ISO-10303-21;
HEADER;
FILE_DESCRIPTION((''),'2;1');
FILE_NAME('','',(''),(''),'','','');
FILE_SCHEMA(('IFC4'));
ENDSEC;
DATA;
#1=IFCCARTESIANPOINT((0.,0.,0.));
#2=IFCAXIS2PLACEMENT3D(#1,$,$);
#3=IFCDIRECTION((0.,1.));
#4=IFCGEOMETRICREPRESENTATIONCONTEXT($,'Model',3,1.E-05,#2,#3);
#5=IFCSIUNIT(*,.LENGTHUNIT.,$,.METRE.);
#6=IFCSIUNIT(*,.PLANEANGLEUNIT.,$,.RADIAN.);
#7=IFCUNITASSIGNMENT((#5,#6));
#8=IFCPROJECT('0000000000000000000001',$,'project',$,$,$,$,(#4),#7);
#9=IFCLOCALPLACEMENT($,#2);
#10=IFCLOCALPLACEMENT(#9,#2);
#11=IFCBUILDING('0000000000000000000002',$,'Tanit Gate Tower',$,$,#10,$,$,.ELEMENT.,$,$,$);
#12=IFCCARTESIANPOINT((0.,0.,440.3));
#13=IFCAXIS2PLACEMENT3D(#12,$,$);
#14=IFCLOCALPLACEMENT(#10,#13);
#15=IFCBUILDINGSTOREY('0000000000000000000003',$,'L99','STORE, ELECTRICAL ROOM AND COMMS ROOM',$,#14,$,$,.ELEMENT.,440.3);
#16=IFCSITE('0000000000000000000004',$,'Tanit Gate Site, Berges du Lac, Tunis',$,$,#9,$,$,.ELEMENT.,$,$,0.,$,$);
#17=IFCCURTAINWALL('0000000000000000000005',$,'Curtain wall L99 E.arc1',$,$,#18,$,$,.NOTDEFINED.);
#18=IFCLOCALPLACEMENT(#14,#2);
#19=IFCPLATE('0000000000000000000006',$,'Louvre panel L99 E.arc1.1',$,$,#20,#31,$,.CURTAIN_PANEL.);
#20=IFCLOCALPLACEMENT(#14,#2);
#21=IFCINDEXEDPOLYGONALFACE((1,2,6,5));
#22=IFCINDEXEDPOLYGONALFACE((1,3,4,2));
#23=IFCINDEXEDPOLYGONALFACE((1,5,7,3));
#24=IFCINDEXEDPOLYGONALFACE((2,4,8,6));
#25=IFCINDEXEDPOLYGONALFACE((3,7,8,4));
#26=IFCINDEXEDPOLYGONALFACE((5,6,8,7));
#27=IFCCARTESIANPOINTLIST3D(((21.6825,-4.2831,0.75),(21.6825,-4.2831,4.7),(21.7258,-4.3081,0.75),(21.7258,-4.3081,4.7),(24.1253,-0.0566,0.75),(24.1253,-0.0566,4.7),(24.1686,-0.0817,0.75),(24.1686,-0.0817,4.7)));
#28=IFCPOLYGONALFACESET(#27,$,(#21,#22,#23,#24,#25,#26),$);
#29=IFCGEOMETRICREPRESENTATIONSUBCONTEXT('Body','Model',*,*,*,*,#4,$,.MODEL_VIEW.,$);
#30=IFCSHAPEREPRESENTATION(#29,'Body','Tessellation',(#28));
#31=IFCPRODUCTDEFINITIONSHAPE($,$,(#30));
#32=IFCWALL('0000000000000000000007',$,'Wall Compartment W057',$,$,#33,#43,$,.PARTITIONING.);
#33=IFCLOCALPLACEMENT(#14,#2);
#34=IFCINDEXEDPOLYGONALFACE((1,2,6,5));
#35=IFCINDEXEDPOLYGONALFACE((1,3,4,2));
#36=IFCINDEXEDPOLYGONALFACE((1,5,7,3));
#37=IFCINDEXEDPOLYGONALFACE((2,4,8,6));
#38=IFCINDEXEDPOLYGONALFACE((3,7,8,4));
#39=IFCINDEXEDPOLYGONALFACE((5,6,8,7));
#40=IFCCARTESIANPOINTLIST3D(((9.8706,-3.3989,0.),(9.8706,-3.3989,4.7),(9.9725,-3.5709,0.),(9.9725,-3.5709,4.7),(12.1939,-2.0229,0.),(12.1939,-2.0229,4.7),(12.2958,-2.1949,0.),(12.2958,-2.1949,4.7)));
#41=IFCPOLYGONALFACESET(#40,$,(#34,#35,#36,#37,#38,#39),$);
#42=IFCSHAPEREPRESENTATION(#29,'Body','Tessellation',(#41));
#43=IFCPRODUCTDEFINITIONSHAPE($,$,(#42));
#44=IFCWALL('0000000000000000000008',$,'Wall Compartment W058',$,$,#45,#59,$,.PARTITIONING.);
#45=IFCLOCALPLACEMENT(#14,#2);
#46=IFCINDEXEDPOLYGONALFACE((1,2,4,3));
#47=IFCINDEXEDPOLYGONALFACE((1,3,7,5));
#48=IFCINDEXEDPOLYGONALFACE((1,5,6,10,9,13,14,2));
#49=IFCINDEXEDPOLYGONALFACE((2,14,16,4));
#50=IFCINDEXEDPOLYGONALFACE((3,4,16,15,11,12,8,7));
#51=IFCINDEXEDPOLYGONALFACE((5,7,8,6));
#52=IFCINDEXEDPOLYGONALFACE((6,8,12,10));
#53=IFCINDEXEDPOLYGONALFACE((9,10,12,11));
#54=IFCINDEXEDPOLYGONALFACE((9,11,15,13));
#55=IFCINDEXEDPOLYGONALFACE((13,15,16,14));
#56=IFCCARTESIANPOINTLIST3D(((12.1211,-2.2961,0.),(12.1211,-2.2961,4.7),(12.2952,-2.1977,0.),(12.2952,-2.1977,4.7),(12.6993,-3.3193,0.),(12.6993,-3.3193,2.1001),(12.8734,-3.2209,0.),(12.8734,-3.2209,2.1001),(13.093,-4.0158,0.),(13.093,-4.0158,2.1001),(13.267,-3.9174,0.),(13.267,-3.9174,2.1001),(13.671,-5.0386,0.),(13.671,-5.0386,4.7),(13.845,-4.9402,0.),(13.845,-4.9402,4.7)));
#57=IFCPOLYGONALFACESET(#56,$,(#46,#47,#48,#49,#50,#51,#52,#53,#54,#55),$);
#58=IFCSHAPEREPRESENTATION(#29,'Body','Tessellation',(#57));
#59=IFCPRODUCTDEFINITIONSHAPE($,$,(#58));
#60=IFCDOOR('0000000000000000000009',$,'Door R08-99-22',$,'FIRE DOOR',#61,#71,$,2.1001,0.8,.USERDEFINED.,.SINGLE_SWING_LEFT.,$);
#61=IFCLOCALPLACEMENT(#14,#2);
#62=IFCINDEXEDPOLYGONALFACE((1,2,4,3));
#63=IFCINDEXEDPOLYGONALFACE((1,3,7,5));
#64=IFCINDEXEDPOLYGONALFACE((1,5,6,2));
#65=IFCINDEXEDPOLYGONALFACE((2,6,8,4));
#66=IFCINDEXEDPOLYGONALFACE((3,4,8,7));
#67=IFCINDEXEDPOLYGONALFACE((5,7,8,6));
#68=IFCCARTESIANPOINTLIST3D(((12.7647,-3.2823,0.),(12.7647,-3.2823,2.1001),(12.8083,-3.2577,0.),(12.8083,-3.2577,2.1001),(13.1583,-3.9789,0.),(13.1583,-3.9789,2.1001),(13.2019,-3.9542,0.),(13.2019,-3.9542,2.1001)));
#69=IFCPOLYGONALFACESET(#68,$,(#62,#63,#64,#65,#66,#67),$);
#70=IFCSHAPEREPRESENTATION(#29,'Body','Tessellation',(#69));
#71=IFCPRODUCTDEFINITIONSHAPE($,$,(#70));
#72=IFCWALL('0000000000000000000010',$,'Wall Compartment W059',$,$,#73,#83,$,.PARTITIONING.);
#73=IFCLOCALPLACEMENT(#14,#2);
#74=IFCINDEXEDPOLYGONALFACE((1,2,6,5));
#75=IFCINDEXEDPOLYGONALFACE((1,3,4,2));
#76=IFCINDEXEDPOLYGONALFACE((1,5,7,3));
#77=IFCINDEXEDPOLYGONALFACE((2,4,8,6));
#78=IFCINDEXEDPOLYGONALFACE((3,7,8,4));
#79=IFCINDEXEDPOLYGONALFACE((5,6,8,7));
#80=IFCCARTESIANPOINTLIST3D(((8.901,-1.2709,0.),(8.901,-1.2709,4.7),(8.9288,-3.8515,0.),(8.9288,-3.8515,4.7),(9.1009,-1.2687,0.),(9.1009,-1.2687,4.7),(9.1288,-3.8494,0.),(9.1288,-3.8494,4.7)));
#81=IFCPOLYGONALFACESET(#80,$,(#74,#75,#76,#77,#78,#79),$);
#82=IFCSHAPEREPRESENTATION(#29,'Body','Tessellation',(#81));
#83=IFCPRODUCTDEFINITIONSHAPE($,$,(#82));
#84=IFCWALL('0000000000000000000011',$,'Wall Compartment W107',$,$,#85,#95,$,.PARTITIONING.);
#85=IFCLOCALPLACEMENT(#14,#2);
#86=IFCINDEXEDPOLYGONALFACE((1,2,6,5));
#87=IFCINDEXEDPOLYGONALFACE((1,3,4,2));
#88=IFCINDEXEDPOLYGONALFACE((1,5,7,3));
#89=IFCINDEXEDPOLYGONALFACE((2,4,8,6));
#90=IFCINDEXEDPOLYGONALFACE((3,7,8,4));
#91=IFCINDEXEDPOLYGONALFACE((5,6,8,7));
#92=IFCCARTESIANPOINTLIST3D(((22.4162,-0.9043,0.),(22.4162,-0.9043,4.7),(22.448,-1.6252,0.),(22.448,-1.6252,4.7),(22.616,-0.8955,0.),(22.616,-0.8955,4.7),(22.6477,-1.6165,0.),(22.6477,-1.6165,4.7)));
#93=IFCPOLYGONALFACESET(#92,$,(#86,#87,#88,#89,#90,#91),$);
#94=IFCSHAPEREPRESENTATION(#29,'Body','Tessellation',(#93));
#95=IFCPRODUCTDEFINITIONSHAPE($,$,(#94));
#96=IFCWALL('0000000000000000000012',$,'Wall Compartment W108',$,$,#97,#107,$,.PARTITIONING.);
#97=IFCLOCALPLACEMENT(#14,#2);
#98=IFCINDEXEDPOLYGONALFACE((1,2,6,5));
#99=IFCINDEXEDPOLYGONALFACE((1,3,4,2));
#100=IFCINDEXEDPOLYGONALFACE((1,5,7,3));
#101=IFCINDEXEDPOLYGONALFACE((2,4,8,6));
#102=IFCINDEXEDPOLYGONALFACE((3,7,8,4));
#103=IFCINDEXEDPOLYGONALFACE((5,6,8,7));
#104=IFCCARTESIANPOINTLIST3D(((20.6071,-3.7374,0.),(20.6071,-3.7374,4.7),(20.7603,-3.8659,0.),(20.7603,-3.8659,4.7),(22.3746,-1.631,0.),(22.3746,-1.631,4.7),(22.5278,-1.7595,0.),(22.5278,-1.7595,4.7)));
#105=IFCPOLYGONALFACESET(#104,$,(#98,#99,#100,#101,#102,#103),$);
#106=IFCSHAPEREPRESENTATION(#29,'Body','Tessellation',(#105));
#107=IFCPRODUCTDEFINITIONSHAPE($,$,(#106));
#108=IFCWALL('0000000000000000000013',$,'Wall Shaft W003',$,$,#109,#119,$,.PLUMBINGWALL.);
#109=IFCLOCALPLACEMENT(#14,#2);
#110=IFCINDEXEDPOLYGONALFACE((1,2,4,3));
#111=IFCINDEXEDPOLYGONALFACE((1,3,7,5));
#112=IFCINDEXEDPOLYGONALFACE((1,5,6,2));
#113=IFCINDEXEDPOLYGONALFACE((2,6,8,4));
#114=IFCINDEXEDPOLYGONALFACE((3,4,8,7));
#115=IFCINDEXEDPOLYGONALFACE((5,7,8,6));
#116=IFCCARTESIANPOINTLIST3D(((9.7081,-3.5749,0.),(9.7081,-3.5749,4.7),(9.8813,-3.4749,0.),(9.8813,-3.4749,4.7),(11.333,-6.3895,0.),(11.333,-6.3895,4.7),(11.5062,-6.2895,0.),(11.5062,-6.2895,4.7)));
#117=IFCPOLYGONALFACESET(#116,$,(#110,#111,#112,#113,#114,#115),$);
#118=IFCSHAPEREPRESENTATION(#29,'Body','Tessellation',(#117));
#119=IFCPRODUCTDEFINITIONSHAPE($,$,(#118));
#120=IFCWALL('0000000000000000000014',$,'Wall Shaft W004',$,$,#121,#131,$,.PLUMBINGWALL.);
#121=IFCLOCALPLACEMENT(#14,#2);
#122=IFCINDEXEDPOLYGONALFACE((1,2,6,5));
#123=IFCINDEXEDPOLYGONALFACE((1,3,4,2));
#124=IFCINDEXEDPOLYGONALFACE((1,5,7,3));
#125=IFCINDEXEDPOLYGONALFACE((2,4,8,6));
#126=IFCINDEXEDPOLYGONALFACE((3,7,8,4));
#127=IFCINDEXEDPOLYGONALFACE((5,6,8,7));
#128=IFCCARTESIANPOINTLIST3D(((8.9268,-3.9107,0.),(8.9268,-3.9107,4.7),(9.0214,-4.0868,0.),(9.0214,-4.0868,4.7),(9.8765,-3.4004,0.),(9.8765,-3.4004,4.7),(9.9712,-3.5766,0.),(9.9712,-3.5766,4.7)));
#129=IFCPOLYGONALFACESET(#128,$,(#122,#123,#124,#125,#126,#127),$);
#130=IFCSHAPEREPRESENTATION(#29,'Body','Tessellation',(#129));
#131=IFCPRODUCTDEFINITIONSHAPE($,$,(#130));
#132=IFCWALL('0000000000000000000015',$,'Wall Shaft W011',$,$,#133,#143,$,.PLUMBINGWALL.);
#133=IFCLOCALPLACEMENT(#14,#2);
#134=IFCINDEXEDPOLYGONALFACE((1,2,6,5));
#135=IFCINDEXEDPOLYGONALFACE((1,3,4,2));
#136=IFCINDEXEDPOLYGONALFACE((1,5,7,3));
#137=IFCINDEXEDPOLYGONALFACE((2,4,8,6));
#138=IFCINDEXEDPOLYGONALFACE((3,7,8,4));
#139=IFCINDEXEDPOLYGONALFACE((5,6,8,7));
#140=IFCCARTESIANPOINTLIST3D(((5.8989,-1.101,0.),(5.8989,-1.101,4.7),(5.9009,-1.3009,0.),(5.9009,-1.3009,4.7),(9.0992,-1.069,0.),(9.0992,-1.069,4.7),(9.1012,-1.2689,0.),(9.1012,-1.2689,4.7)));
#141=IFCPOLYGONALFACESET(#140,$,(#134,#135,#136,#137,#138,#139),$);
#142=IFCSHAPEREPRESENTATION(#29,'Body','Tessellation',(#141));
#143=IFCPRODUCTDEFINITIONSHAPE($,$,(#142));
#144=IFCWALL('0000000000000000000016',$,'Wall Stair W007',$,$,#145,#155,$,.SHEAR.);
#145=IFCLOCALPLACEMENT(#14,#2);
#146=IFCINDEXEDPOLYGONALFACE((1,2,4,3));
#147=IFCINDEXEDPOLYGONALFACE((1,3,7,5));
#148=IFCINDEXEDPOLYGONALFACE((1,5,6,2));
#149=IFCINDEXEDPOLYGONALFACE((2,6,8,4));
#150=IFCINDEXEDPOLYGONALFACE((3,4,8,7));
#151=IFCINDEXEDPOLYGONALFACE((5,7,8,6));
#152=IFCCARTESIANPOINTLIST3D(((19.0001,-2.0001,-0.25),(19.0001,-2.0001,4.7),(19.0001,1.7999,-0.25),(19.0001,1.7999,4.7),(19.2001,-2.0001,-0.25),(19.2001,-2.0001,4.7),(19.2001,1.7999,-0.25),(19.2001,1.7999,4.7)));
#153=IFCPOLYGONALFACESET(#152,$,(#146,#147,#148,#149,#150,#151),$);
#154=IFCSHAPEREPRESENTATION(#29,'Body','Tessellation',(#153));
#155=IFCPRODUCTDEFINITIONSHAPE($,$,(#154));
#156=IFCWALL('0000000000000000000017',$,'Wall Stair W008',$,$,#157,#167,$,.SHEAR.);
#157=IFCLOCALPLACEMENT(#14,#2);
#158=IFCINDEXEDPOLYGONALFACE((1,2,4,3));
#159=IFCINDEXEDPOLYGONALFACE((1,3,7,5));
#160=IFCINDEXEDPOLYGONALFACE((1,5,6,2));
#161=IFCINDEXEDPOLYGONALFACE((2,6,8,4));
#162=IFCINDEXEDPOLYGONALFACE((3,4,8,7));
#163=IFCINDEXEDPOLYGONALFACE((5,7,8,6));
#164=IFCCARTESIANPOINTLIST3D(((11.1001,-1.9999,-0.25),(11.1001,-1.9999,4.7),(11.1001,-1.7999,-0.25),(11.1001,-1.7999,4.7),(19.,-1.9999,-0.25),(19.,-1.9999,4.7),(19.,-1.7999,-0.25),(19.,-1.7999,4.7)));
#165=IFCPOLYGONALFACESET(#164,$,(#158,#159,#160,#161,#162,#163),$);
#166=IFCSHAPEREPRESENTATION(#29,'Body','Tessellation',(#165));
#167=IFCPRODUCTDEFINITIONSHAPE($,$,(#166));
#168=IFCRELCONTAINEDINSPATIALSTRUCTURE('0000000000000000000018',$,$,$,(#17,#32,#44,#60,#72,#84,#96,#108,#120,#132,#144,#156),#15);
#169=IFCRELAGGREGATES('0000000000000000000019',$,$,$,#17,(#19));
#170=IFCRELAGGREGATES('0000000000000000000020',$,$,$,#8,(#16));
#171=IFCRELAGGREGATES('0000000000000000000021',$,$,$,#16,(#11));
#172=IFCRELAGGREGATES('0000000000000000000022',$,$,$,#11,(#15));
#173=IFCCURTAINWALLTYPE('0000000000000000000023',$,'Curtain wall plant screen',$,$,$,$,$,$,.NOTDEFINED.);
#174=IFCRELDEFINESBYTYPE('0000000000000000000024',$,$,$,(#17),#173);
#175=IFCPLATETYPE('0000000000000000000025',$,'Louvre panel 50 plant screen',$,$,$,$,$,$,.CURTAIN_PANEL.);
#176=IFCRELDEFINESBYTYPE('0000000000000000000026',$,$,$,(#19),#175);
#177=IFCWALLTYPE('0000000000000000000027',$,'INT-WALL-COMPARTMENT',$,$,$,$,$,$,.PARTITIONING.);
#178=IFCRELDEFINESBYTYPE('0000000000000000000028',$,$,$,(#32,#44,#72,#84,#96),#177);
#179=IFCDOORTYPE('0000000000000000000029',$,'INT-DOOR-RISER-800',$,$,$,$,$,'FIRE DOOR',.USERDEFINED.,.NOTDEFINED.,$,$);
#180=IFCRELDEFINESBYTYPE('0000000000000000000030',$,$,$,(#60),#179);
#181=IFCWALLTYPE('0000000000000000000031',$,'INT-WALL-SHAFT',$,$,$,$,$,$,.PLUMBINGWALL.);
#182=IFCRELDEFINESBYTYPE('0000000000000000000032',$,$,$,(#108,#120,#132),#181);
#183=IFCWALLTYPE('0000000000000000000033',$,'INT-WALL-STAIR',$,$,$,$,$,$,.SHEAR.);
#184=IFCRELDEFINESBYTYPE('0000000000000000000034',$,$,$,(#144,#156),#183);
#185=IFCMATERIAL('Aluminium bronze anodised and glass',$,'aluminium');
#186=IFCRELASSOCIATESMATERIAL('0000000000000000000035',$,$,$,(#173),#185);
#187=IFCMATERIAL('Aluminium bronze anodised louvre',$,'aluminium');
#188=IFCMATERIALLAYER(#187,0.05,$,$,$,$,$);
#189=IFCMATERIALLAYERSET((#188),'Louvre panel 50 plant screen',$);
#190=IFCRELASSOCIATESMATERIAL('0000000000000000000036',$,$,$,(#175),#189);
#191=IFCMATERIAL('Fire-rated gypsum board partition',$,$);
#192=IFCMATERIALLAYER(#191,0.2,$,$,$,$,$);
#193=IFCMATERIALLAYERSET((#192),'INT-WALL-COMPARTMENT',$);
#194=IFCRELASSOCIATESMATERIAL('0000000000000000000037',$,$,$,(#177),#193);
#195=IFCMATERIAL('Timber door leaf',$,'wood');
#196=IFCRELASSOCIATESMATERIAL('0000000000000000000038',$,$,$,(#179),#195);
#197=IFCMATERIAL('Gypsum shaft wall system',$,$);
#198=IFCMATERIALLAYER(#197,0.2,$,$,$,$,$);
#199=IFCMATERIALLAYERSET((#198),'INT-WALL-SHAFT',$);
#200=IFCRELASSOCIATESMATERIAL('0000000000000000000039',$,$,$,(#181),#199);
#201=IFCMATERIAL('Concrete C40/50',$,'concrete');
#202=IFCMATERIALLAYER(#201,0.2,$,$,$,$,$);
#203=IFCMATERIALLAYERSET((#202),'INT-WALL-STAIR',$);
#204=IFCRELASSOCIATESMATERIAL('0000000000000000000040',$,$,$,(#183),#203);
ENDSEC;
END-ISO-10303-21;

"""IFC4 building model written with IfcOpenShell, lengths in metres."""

from ifc_helpers import new_model, si_unit, direction, frame, frame_2d, origin, origin_2d, place, context, subcontext, project, spatial, rectangle, extrude, material, layer, layer_set, type_object, element, fill, aggregate, save


model = new_model("IFC4")

# Units and contexts
model_context = context("Model", 3, precision=1e-05, world=origin(), true_north=direction((0.0, 1.0)))
body_context = subcontext(model_context, "Body", "Model", "MODEL_VIEW")
ifc_project = project(units=[si_unit("LENGTHUNIT", "METRE"), si_unit("PLANEANGLEUNIT", "RADIAN")], contexts=[model_context])

# Site, building, storey
site_placement = place(None, origin())
site = spatial("IfcSite", under=ifc_project, at=site_placement, Name="Tanit Gate Site, Berges du Lac, Tunis", CompositionType="ELEMENT", RefElevation=0.0)
building_placement = place(site_placement, origin())
building = spatial("IfcBuilding", under=site, at=building_placement, Name="Tanit Gate Tower", CompositionType="ELEMENT")
storey_placement = place(building_placement, frame((0.0, 0.0, 440.3)))
storey = spatial("IfcBuildingStorey", under=building, at=storey_placement, Name="L99", Description="STORE, ELECTRICAL ROOM AND COMMS ROOM", CompositionType="ELEMENT", Elevation=440.3)

# Shared definitions
ifc_material_1 = material(Name="Aluminium bronze anodised and glass", Category="aluminium")
curtain_wall_type = type_object("IfcCurtainWallType", Name="Curtain wall plant screen", PredefinedType="NOTDEFINED", material=ifc_material_1)

# Curtain wall
curtain_wall_1_placement = place(storey_placement, origin())
curtain_wall_1 = element("IfcCurtainWall", 1, at=curtain_wall_1_placement, inside=storey, type_object=curtain_wall_type, Name="Curtain wall L99 E.arc1", PredefinedType="NOTDEFINED")

# Plate
ifc_material_2 = material(Name="Aluminium bronze anodised louvre", Category="aluminium")
ifc_layer_1 = layer(ifc_material_2, 0.05)
ifc_layer_set_1 = layer_set([ifc_layer_1], Name="Louvre panel 50 plant screen")
plate_type = type_object("IfcPlateType", Name="Louvre panel 50 plant screen", PredefinedType="CURTAIN_PANEL", material=ifc_layer_set_1)
plate_1_placement = place(storey_placement, frame((22.9255, -2.1824, 0.75), z_axis=(0.0, 0.0, 1.0), x_axis=(0.500408, 0.86579, 0.0)))
plate_1 = element("IfcPlate", 2, at=plate_1_placement, type_object=plate_type, Name="Louvre panel L99 E.arc1.1", PredefinedType="CURTAIN_PANEL", context=body_context, shape_type="SweptSolid", body=[
    extrude(rectangle(XDim=4.8816, YDim=0.05, at=origin_2d()), origin(), (0.0, 0.0, 1.0), 3.95),
])
aggregate(curtain_wall_1, [plate_1])

# Wall
ifc_material_3 = material(Name="Fire-rated gypsum board partition")
ifc_layer_2 = layer(ifc_material_3, 0.2)
ifc_layer_set_2 = layer_set([ifc_layer_2], Name="INT-WALL-COMPARTMENT")
wall_type_1 = type_object("IfcWallType", Name="INT-WALL-COMPARTMENT", PredefinedType="PARTITIONING", material=ifc_layer_set_2)
wall_1_placement = place(storey_placement, frame((12.2449, -2.1089, 0.0), z_axis=(0.0, 0.0, 1.0), x_axis=(-0.860415, -0.509594, 0.0)))
element("IfcWall", 3, at=wall_1_placement, inside=storey, type_object=wall_type_1, Name="Wall Compartment W057", PredefinedType="PARTITIONING", context=body_context, shape_type="SweptSolid", body=[
    extrude(rectangle(XDim=2.7002, YDim=0.2, at=frame_2d((1.3501, 0.0))), origin(), (0.0, 0.0, 1.0), 4.7),
])

# Wall, opening, door
wall_2_placement = place(storey_placement, frame((13.7581, -4.9895, 0.0), z_axis=(0.0, 0.0, 1.0), x_axis=(-0.491993, 0.870599, 0.0)))
wall_2 = element("IfcWall", 4, at=wall_2_placement, inside=storey, type_object=wall_type_1, Name="Wall Compartment W058", PredefinedType="PARTITIONING", context=body_context, shape_type="SweptSolid", body=[
    extrude(rectangle(XDim=3.1501, YDim=0.2, at=frame_2d((1.5752, 0.0))), origin(), (0.0, 0.0, 1.0), 4.7),
])
opening_1_placement = place(wall_2_placement, frame((1.175, 0.0, 0.0)))
opening_1 = element("IfcOpeningElement", 5, at=opening_1_placement, cuts=wall_2, PredefinedType="OPENING", context=body_context, shape_type="SweptSolid", body=[
    extrude(rectangle(XDim=0.8, YDim=2.1001, at=frame_2d((0.3999, 1.05))), frame((0.0, 0.1099, 0.0), z_axis=(0.0, -1.0, 0.0), x_axis=(1.0, 0.0, 0.0)), (0.0, 0.0, 1.0), 0.22),
])
ifc_material_4 = material(Name="Timber door leaf", Category="wood")
door_type_1 = type_object("IfcDoorType", Name="INT-DOOR-RISER-800", ElementType="FIRE DOOR", OperationType="NOTDEFINED", PredefinedType="USERDEFINED", material=ifc_material_4)
door_1_placement = place(opening_1_placement, origin())
door_1 = element("IfcDoor", 6, at=door_1_placement, inside=storey, type_object=door_type_1, Name="Door R08-99-22", ObjectType="FIRE DOOR", OperationType="SINGLE_SWING_LEFT", OverallHeight=2.1001, OverallWidth=0.8, PredefinedType="USERDEFINED", context=body_context, shape_type="SweptSolid", body=[
    extrude(rectangle(XDim=0.8, YDim=2.1001, at=frame_2d((0.3999, 1.05))), frame((0.0, 0.0249, 0.0), z_axis=(0.0, -1.0, 0.0), x_axis=(1.0, 0.0, 0.0)), (0.0, 0.0, 1.0), 0.05),
])
fill(opening_1, door_1)

# Walls
wall_3_placement = place(storey_placement, frame((9.0288, -3.8506, 0.0), z_axis=(0.0, 0.0, 1.0), x_axis=(-0.010785, 0.999942, 0.0)))
element("IfcWall", 7, at=wall_3_placement, inside=storey, type_object=wall_type_1, Name="Wall Compartment W059", PredefinedType="PARTITIONING", context=body_context, shape_type="SweptSolid", body=[
    extrude(rectangle(XDim=2.5808, YDim=0.2, at=frame_2d((1.2905, 0.0))), origin(), (0.0, 0.0, 1.0), 4.7),
])
wall_4_placement = place(storey_placement, frame((22.5479, -1.6208, 0.0), z_axis=(0.0, 0.0, 1.0), x_axis=(-0.04398, 0.999032, 0.0)))
element("IfcWall", 8, at=wall_4_placement, inside=storey, type_object=wall_type_1, Name="Wall Compartment W107", PredefinedType="PARTITIONING", context=body_context, shape_type="SweptSolid", body=[
    extrude(rectangle(XDim=0.7217, YDim=0.2, at=frame_2d((0.3608, 0.0))), origin(), (0.0, 0.0, 1.0), 4.7),
])
wall_5_placement = place(storey_placement, frame((20.6836, -3.8018, 0.0), z_axis=(0.0, 0.0, 1.0), x_axis=(0.642801, 0.766034, 0.0)))
element("IfcWall", 9, at=wall_5_placement, inside=storey, type_object=wall_type_1, Name="Wall Compartment W108", PredefinedType="PARTITIONING", context=body_context, shape_type="SweptSolid", body=[
    extrude(rectangle(XDim=2.7498, YDim=0.2, at=frame_2d((1.375, 0.0))), origin(), (0.0, 0.0, 1.0), 4.7),
])
ifc_material_5 = material(Name="Gypsum shaft wall system")
ifc_layer_3 = layer(ifc_material_5, 0.2)
ifc_layer_set_3 = layer_set([ifc_layer_3], Name="INT-WALL-SHAFT")
wall_type_2 = type_object("IfcWallType", Name="INT-WALL-SHAFT", PredefinedType="PLUMBINGWALL", material=ifc_layer_set_3)
wall_6_placement = place(storey_placement, frame((9.7947, -3.5249, 0.0), z_axis=(0.0, 0.0, 1.0), x_axis=(0.499985, -0.866034, 0.0)))
element("IfcWall", 10, at=wall_6_placement, inside=storey, type_object=wall_type_2, Name="Wall Shaft W003", PredefinedType="PLUMBINGWALL", context=body_context, shape_type="SweptSolid", body=[
    extrude(rectangle(XDim=3.25, YDim=0.2, at=frame_2d((1.625, 0.0))), origin(), (0.0, 0.0, 1.0), 4.7),
])
wall_7_placement = place(storey_placement, frame((8.9741, -3.9988, 0.0), z_axis=(0.0, 0.0, 1.0), x_axis=(0.880907, 0.473289, 0.0)))
element("IfcWall", 11, at=wall_7_placement, inside=storey, type_object=wall_type_2, Name="Wall Shaft W004", PredefinedType="PLUMBINGWALL", context=body_context, shape_type="SweptSolid", body=[
    extrude(rectangle(XDim=1.0781, YDim=0.2, at=frame_2d((0.5391, 0.0))), origin(), (0.0, 0.0, 1.0), 4.7),
])
wall_8_placement = place(storey_placement, frame((9.1001, -1.1689, 0.0), z_axis=(0.0, 0.0, 1.0), x_axis=(-0.99995, -0.009993, 0.0)))
element("IfcWall", 12, at=wall_8_placement, inside=storey, type_object=wall_type_2, Name="Wall Shaft W011", PredefinedType="PLUMBINGWALL", context=body_context, shape_type="SweptSolid", body=[
    extrude(rectangle(XDim=3.2004, YDim=0.2, at=frame_2d((1.6001, 0.0))), origin(), (0.0, 0.0, 1.0), 4.7),
])
ifc_material_6 = material(Name="Concrete C40/50", Category="concrete")
ifc_layer_4 = layer(ifc_material_6, 0.2)
ifc_layer_set_4 = layer_set([ifc_layer_4], Name="INT-WALL-STAIR")
wall_type_3 = type_object("IfcWallType", Name="INT-WALL-STAIR", PredefinedType="SHEAR", material=ifc_layer_set_4)
wall_9_placement = place(storey_placement, frame((19.1001, -2.0, -0.25), z_axis=(0.0, 0.0, 1.0), x_axis=(0.0, 1.0, 0.0)))
element("IfcWall", 13, at=wall_9_placement, inside=storey, type_object=wall_type_3, Name="Wall Stair W007", PredefinedType="SHEAR", context=body_context, shape_type="SweptSolid", body=[
    extrude(rectangle(XDim=3.8, YDim=0.2, at=frame_2d((1.8999, 0.0))), origin(), (0.0, 0.0, 1.0), 4.95),
])
wall_10_placement = place(storey_placement, frame((11.1001, -1.8999, -0.25), z_axis=(0.0, 0.0, 1.0), x_axis=(1.0, 0.0, 0.0)))
element("IfcWall", 14, at=wall_10_placement, inside=storey, type_object=wall_type_3, Name="Wall Stair W008", PredefinedType="SHEAR", context=body_context, shape_type="SweptSolid", body=[
    extrude(rectangle(XDim=7.8999, YDim=0.2, at=frame_2d((3.95, 0.0))), origin(), (0.0, 0.0, 1.0), 4.95),
])

save(model, "model.ifc")
